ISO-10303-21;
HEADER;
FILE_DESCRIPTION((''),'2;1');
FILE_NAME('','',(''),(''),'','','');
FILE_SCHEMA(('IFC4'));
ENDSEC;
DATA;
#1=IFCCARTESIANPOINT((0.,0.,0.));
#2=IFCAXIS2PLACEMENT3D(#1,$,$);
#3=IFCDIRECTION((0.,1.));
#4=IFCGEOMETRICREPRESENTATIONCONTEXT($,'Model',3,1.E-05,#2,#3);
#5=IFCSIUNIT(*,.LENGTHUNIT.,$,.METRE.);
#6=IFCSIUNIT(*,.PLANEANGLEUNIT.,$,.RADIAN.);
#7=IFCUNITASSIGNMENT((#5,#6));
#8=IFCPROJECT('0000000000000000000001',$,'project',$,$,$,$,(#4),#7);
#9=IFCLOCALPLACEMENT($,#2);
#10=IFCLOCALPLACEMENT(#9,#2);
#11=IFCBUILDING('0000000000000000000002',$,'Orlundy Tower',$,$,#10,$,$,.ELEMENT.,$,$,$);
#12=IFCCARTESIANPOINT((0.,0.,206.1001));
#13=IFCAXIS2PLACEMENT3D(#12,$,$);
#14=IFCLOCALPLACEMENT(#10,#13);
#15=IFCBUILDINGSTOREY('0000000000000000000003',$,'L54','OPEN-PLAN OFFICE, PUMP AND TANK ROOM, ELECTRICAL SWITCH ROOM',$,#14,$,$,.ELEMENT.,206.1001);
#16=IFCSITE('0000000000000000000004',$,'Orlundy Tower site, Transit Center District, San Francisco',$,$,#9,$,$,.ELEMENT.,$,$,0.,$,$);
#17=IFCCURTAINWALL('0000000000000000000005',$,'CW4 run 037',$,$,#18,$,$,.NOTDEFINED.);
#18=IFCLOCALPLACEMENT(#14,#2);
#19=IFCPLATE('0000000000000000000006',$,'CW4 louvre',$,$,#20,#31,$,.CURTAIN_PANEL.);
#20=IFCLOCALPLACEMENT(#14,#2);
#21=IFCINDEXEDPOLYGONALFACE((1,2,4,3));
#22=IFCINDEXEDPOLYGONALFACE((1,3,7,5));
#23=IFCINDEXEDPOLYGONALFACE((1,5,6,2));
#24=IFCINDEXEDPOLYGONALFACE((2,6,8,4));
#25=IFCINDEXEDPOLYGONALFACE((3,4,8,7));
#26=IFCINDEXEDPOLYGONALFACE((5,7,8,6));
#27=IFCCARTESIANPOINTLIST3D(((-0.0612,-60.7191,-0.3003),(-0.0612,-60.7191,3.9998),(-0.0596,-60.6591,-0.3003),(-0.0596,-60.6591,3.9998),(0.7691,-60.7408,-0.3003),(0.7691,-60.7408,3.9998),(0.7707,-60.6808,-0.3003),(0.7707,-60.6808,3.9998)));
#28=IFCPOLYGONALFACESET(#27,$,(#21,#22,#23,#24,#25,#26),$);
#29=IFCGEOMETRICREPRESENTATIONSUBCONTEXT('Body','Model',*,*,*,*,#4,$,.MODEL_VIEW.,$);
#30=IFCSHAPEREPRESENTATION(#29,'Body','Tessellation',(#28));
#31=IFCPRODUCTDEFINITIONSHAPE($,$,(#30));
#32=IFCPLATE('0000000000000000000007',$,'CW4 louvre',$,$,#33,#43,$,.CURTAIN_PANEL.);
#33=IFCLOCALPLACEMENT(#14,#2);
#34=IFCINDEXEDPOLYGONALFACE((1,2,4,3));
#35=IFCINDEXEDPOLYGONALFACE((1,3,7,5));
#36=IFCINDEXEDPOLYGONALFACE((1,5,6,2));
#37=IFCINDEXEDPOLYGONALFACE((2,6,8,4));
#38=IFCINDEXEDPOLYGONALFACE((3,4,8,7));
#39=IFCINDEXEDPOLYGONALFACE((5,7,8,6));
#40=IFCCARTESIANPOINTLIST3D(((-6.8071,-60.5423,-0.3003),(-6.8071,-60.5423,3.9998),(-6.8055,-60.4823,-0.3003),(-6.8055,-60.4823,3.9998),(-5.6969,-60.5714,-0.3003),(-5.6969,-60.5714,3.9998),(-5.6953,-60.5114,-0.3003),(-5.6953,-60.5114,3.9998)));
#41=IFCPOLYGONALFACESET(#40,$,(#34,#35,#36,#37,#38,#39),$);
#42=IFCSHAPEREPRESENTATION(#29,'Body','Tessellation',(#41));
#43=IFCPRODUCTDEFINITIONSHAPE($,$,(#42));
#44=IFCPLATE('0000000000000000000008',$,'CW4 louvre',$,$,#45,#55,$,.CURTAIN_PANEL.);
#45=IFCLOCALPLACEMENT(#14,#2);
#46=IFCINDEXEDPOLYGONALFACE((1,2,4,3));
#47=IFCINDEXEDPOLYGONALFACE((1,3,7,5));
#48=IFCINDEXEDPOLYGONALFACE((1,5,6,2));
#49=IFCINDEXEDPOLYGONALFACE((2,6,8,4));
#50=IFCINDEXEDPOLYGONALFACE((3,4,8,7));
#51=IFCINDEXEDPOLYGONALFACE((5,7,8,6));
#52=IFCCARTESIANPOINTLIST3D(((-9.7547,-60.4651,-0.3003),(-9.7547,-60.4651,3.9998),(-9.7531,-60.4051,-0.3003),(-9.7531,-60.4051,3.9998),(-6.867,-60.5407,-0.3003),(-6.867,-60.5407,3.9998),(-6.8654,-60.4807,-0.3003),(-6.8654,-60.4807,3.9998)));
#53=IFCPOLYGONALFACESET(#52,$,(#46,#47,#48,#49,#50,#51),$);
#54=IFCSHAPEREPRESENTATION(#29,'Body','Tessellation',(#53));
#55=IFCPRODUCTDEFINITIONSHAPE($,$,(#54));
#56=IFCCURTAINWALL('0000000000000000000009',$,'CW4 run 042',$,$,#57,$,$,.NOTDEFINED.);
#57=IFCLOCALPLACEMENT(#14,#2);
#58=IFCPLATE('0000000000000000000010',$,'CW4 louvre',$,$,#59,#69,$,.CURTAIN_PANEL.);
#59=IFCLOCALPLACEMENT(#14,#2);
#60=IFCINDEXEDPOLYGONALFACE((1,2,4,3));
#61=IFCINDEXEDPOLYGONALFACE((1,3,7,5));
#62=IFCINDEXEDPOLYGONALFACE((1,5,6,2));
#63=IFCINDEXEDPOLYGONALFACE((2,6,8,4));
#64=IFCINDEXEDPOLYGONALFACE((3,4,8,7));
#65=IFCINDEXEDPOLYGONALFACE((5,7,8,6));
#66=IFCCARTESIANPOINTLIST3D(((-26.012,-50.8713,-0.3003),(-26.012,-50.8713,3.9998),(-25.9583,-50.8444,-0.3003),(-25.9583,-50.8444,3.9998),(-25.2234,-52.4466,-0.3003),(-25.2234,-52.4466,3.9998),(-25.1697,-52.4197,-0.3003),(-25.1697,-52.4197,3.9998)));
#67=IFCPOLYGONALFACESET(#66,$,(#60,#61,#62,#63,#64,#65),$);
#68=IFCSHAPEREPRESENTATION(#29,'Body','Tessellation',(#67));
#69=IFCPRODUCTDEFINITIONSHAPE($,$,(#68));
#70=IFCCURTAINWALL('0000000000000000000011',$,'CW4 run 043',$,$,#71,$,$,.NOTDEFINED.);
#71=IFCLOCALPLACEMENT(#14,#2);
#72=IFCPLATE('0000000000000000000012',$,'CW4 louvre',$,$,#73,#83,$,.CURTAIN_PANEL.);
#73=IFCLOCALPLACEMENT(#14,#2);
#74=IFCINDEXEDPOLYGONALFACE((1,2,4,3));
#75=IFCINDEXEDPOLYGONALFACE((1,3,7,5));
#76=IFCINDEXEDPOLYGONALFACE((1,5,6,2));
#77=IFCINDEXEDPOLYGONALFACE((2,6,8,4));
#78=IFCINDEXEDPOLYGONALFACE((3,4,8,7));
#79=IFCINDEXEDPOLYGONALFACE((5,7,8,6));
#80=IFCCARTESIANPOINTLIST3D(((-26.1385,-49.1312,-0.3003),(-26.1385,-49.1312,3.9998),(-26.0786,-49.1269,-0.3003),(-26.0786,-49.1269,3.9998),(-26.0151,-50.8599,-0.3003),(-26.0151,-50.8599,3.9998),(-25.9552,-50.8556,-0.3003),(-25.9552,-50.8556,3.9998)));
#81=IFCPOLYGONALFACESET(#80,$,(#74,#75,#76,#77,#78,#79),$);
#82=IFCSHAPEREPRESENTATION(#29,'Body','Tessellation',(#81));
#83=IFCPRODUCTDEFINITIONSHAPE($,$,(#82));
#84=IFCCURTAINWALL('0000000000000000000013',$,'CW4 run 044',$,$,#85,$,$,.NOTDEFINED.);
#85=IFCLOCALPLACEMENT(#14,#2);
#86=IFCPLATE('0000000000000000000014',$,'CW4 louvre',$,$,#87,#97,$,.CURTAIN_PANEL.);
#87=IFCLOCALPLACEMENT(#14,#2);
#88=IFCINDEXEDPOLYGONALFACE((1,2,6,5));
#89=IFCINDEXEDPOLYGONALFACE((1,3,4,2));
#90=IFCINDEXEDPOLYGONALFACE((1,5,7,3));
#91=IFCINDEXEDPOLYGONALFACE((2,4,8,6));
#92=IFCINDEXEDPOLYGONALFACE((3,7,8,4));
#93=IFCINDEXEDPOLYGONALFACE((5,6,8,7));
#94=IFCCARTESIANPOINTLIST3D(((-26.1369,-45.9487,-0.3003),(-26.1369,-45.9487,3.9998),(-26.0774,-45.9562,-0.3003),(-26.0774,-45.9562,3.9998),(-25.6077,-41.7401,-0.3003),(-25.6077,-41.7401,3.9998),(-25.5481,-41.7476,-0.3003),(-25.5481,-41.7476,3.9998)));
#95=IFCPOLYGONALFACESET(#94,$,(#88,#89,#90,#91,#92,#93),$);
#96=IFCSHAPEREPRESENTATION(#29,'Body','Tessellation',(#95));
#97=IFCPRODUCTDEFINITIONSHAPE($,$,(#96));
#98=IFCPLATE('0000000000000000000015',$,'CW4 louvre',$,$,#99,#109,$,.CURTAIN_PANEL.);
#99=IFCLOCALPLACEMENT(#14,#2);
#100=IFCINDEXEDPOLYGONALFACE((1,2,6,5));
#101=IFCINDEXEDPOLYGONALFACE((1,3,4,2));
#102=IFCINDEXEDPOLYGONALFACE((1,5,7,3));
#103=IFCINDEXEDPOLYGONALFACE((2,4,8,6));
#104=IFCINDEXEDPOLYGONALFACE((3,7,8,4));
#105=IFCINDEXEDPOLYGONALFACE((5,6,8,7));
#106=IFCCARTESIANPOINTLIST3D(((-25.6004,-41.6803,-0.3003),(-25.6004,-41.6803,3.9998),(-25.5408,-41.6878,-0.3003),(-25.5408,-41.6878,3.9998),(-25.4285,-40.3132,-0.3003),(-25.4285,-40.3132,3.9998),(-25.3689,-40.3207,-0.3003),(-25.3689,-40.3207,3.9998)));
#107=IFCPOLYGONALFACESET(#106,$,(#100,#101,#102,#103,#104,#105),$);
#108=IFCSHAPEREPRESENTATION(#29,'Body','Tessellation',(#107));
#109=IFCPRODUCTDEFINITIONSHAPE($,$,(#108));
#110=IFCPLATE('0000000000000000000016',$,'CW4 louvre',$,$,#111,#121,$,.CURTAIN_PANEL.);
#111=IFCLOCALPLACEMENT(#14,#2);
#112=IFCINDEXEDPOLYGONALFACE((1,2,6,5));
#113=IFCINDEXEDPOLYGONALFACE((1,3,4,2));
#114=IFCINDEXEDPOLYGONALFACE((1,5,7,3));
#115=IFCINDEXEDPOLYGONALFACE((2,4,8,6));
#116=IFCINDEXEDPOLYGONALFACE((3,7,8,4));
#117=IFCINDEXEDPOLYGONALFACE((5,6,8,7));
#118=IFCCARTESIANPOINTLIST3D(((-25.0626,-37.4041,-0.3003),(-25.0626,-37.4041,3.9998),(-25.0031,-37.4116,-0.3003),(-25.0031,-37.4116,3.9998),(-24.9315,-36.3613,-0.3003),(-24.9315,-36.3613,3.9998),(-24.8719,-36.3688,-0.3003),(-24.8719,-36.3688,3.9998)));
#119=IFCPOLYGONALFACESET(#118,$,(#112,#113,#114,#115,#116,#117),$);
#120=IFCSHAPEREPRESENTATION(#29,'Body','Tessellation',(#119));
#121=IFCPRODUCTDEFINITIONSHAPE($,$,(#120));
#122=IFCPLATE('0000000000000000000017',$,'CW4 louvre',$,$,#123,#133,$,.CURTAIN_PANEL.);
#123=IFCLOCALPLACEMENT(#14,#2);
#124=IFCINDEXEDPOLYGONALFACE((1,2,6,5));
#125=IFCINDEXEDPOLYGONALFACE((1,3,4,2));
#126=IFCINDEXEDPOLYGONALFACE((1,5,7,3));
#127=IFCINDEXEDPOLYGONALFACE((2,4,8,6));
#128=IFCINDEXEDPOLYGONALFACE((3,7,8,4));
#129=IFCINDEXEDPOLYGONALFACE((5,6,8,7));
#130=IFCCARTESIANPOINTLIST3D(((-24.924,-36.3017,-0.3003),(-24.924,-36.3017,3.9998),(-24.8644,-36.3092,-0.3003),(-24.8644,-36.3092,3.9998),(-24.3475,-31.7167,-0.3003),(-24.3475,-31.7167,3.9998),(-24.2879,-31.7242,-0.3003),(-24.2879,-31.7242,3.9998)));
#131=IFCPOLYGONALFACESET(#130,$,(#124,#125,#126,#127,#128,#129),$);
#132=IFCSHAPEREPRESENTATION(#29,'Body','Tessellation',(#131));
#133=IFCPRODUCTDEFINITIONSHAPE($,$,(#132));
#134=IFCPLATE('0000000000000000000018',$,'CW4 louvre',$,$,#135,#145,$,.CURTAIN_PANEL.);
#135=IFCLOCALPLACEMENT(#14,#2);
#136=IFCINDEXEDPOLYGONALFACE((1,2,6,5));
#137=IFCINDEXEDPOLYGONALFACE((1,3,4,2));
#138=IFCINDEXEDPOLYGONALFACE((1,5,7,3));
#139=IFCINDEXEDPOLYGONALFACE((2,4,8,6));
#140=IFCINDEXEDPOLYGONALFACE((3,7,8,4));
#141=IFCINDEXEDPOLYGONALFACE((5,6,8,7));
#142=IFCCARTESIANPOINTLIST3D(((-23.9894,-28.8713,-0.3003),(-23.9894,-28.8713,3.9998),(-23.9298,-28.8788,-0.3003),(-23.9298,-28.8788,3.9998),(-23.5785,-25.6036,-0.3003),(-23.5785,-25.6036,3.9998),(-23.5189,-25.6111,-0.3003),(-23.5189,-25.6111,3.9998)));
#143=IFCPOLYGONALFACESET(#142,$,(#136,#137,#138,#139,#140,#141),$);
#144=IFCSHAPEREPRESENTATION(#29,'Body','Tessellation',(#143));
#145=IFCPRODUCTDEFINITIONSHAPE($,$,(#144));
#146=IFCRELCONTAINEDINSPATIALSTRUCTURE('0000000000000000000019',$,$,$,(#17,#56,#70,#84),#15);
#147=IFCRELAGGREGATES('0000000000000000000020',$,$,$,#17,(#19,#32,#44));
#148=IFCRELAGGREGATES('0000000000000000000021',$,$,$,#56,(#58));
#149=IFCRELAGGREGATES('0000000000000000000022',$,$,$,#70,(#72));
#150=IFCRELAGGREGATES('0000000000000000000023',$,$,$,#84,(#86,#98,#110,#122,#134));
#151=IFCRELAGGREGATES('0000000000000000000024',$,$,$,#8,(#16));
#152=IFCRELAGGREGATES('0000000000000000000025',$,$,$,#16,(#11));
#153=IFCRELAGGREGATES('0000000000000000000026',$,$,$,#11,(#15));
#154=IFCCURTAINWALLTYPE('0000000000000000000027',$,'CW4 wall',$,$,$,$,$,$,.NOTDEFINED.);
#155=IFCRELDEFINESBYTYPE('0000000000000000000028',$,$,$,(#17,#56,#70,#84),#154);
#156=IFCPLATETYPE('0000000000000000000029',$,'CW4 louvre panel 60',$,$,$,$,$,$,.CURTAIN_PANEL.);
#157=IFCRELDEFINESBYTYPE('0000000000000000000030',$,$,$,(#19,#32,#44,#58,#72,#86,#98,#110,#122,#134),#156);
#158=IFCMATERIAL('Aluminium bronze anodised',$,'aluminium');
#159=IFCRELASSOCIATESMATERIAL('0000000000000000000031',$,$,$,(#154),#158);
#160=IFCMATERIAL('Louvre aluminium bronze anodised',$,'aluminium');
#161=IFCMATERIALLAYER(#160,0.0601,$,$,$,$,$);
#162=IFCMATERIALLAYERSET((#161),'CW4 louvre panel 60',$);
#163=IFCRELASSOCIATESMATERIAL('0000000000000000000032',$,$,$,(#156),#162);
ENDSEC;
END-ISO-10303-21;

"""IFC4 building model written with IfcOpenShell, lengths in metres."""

from ifc_helpers import new_model, si_unit, direction, frame, origin, origin_2d, place, context, subcontext, project, spatial, rectangle, extrude, material, layer, layer_set, type_object, element, aggregate, save


model = new_model("IFC4")

# Units and contexts
model_context = context("Model", 3, precision=1e-05, world=origin(), true_north=direction((0.0, 1.0)))
body_context = subcontext(model_context, "Body", "Model", "MODEL_VIEW")
ifc_project = project(units=[si_unit("LENGTHUNIT", "METRE"), si_unit("PLANEANGLEUNIT", "RADIAN")], contexts=[model_context])

# Site, building, storey
site_placement = place(None, origin())
site = spatial("IfcSite", under=ifc_project, at=site_placement, Name="Orlundy Tower site, Transit Center District, San Francisco", CompositionType="ELEMENT", RefElevation=0.0)
building_placement = place(site_placement, origin())
building = spatial("IfcBuilding", under=site, at=building_placement, Name="Orlundy Tower", CompositionType="ELEMENT")
storey_placement = place(building_placement, frame((0.0, 0.0, 206.1001)))
storey = spatial("IfcBuildingStorey", under=building, at=storey_placement, Name="L54", Description="OPEN-PLAN OFFICE, PUMP AND TANK ROOM, ELECTRICAL SWITCH ROOM", CompositionType="ELEMENT", Elevation=206.1001)

# Curtain wall, plates
ifc_material_1 = material(Name="Aluminium bronze anodised", Category="aluminium")
curtain_wall_type = type_object("IfcCurtainWallType", Name="CW4 wall", PredefinedType="NOTDEFINED", material=ifc_material_1)
curtain_wall_1_placement = place(storey_placement, origin())
curtain_wall_1 = element("IfcCurtainWall", 1, at=curtain_wall_1_placement, inside=storey, type_object=curtain_wall_type, Name="CW4 run 037", PredefinedType="NOTDEFINED")
ifc_material_2 = material(Name="Louvre aluminium bronze anodised", Category="aluminium")
ifc_layer = layer(ifc_material_2, 0.0601)
ifc_layer_set = layer_set([ifc_layer], Name="CW4 louvre panel 60")
plate_type = type_object("IfcPlateType", Name="CW4 louvre panel 60", PredefinedType="CURTAIN_PANEL", material=ifc_layer_set)
plate_1_placement = place(storey_placement, frame((0.3547, -60.7, -0.3003), z_axis=(0.0, 0.0, 1.0), x_axis=(-0.999657, 0.02619, 0.0)))
plate_1 = element("IfcPlate", 2, at=plate_1_placement, type_object=plate_type, Name="CW4 louvre", PredefinedType="CURTAIN_PANEL", context=body_context, shape_type="SweptSolid", body=[
    extrude(rectangle(XDim=0.8306, YDim=0.0601, at=origin_2d()), origin(), (0.0, 0.0, 1.0), 4.3),
])
plate_2_placement = place(storey_placement, frame((-6.2512, -60.5269, -0.3003), z_axis=(0.0, 0.0, 1.0), x_axis=(-0.999657, 0.02619, 0.0)))
plate_2 = element("IfcPlate", 3, at=plate_2_placement, type_object=plate_type, Name="CW4 louvre", PredefinedType="CURTAIN_PANEL", context=body_context, shape_type="SweptSolid", body=[
    extrude(rectangle(XDim=1.1106, YDim=0.0601, at=origin_2d()), origin(), (0.0, 0.0, 1.0), 4.3),
])
plate_3_placement = place(storey_placement, frame((-8.3101, -60.4729, -0.3003), z_axis=(0.0, 0.0, 1.0), x_axis=(-0.999657, 0.02619, 0.0)))
plate_3 = element("IfcPlate", 4, at=plate_3_placement, type_object=plate_type, Name="CW4 louvre", PredefinedType="CURTAIN_PANEL", context=body_context, shape_type="SweptSolid", body=[
    extrude(rectangle(XDim=2.8887, YDim=0.0601, at=origin_2d()), origin(), (0.0, 0.0, 1.0), 4.3),
])
aggregate(curtain_wall_1, [plate_1, plate_2, plate_3])

# Curtain walls, plates
curtain_wall_2_placement = place(storey_placement, origin())
curtain_wall_2 = element("IfcCurtainWall", 5, at=curtain_wall_2_placement, inside=storey, type_object=curtain_wall_type, Name="CW4 run 042", PredefinedType="NOTDEFINED")
plate_4_placement = place(storey_placement, frame((-25.5908, -51.6455, -0.3003), z_axis=(0.0, 0.0, 1.0), x_axis=(-0.447645, 0.894211, 0.0)))
plate_4 = element("IfcPlate", 6, at=plate_4_placement, type_object=plate_type, Name="CW4 louvre", PredefinedType="CURTAIN_PANEL", context=body_context, shape_type="SweptSolid", body=[
    extrude(rectangle(XDim=1.7617, YDim=0.0601, at=origin_2d()), origin(), (0.0, 0.0, 1.0), 4.3),
])
aggregate(curtain_wall_2, [plate_4])
curtain_wall_3_placement = place(storey_placement, origin())
curtain_wall_3 = element("IfcCurtainWall", 7, at=curtain_wall_3_placement, inside=storey, type_object=curtain_wall_type, Name="CW4 run 043", PredefinedType="NOTDEFINED")
plate_5_placement = place(storey_placement, frame((-26.0469, -49.9934, -0.3003), z_axis=(0.0, 0.0, 1.0), x_axis=(-0.071209, 0.997461, 0.0)))
plate_5 = element("IfcPlate", 8, at=plate_5_placement, type_object=plate_type, Name="CW4 louvre", PredefinedType="CURTAIN_PANEL", context=body_context, shape_type="SweptSolid", body=[
    extrude(rectangle(XDim=1.7332, YDim=0.0601, at=origin_2d()), origin(), (0.0, 0.0, 1.0), 4.3),
])
aggregate(curtain_wall_3, [plate_5])

# Curtain wall, plates
curtain_wall_4_placement = place(storey_placement, origin())
curtain_wall_4 = element("IfcCurtainWall", 9, at=curtain_wall_4_placement, inside=storey, type_object=curtain_wall_type, Name="CW4 run 044", PredefinedType="NOTDEFINED")
plate_6_placement = place(storey_placement, frame((-25.8425, -43.8481, -0.3003), z_axis=(0.0, 0.0, 1.0), x_axis=(0.12477, 0.992186, 0.0)))
plate_6 = element("IfcPlate", 10, at=plate_6_placement, type_object=plate_type, Name="CW4 louvre", PredefinedType="CURTAIN_PANEL", context=body_context, shape_type="SweptSolid", body=[
    extrude(rectangle(XDim=4.2417, YDim=0.0601, at=origin_2d()), origin(), (0.0, 0.0, 1.0), 4.3),
])
plate_7_placement = place(storey_placement, frame((-25.4846, -41.0005, -0.3003), z_axis=(0.0, 0.0, 1.0), x_axis=(0.12477, 0.992186, 0.0)))
plate_7 = element("IfcPlate", 11, at=plate_7_placement, type_object=plate_type, Name="CW4 louvre", PredefinedType="CURTAIN_PANEL", context=body_context, shape_type="SweptSolid", body=[
    extrude(rectangle(XDim=1.3779, YDim=0.0601, at=origin_2d()), origin(), (0.0, 0.0, 1.0), 4.3),
])
plate_8_placement = place(storey_placement, frame((-24.9673, -36.8865, -0.3003), z_axis=(0.0, 0.0, 1.0), x_axis=(0.12477, 0.992186, 0.0)))
plate_8 = element("IfcPlate", 12, at=plate_8_placement, type_object=plate_type, Name="CW4 louvre", PredefinedType="CURTAIN_PANEL", context=body_context, shape_type="SweptSolid", body=[
    extrude(rectangle(XDim=1.051, YDim=0.0601, at=origin_2d()), origin(), (0.0, 0.0, 1.0), 4.3),
])
plate_9_placement = place(storey_placement, frame((-24.606, -34.0129, -0.3003), z_axis=(0.0, 0.0, 1.0), x_axis=(0.12477, 0.992186, 0.0)))
plate_9 = element("IfcPlate", 13, at=plate_9_placement, type_object=plate_type, Name="CW4 louvre", PredefinedType="CURTAIN_PANEL", context=body_context, shape_type="SweptSolid", body=[
    extrude(rectangle(XDim=4.6211, YDim=0.0601, at=origin_2d()), origin(), (0.0, 0.0, 1.0), 4.3),
])
plate_10_placement = place(storey_placement, frame((-23.7542, -27.2412, -0.3003), z_axis=(0.0, 0.0, 1.0), x_axis=(0.12477, 0.992186, 0.0)))
plate_10 = element("IfcPlate", 14, at=plate_10_placement, type_object=plate_type, Name="CW4 louvre", PredefinedType="CURTAIN_PANEL", context=body_context, shape_type="SweptSolid", body=[
    extrude(rectangle(XDim=3.2935, YDim=0.0601, at=origin_2d()), origin(), (0.0, 0.0, 1.0), 4.3),
])
aggregate(curtain_wall_4, [plate_6, plate_7, plate_8, plate_9, plate_10])

save(model, "model.ifc")
